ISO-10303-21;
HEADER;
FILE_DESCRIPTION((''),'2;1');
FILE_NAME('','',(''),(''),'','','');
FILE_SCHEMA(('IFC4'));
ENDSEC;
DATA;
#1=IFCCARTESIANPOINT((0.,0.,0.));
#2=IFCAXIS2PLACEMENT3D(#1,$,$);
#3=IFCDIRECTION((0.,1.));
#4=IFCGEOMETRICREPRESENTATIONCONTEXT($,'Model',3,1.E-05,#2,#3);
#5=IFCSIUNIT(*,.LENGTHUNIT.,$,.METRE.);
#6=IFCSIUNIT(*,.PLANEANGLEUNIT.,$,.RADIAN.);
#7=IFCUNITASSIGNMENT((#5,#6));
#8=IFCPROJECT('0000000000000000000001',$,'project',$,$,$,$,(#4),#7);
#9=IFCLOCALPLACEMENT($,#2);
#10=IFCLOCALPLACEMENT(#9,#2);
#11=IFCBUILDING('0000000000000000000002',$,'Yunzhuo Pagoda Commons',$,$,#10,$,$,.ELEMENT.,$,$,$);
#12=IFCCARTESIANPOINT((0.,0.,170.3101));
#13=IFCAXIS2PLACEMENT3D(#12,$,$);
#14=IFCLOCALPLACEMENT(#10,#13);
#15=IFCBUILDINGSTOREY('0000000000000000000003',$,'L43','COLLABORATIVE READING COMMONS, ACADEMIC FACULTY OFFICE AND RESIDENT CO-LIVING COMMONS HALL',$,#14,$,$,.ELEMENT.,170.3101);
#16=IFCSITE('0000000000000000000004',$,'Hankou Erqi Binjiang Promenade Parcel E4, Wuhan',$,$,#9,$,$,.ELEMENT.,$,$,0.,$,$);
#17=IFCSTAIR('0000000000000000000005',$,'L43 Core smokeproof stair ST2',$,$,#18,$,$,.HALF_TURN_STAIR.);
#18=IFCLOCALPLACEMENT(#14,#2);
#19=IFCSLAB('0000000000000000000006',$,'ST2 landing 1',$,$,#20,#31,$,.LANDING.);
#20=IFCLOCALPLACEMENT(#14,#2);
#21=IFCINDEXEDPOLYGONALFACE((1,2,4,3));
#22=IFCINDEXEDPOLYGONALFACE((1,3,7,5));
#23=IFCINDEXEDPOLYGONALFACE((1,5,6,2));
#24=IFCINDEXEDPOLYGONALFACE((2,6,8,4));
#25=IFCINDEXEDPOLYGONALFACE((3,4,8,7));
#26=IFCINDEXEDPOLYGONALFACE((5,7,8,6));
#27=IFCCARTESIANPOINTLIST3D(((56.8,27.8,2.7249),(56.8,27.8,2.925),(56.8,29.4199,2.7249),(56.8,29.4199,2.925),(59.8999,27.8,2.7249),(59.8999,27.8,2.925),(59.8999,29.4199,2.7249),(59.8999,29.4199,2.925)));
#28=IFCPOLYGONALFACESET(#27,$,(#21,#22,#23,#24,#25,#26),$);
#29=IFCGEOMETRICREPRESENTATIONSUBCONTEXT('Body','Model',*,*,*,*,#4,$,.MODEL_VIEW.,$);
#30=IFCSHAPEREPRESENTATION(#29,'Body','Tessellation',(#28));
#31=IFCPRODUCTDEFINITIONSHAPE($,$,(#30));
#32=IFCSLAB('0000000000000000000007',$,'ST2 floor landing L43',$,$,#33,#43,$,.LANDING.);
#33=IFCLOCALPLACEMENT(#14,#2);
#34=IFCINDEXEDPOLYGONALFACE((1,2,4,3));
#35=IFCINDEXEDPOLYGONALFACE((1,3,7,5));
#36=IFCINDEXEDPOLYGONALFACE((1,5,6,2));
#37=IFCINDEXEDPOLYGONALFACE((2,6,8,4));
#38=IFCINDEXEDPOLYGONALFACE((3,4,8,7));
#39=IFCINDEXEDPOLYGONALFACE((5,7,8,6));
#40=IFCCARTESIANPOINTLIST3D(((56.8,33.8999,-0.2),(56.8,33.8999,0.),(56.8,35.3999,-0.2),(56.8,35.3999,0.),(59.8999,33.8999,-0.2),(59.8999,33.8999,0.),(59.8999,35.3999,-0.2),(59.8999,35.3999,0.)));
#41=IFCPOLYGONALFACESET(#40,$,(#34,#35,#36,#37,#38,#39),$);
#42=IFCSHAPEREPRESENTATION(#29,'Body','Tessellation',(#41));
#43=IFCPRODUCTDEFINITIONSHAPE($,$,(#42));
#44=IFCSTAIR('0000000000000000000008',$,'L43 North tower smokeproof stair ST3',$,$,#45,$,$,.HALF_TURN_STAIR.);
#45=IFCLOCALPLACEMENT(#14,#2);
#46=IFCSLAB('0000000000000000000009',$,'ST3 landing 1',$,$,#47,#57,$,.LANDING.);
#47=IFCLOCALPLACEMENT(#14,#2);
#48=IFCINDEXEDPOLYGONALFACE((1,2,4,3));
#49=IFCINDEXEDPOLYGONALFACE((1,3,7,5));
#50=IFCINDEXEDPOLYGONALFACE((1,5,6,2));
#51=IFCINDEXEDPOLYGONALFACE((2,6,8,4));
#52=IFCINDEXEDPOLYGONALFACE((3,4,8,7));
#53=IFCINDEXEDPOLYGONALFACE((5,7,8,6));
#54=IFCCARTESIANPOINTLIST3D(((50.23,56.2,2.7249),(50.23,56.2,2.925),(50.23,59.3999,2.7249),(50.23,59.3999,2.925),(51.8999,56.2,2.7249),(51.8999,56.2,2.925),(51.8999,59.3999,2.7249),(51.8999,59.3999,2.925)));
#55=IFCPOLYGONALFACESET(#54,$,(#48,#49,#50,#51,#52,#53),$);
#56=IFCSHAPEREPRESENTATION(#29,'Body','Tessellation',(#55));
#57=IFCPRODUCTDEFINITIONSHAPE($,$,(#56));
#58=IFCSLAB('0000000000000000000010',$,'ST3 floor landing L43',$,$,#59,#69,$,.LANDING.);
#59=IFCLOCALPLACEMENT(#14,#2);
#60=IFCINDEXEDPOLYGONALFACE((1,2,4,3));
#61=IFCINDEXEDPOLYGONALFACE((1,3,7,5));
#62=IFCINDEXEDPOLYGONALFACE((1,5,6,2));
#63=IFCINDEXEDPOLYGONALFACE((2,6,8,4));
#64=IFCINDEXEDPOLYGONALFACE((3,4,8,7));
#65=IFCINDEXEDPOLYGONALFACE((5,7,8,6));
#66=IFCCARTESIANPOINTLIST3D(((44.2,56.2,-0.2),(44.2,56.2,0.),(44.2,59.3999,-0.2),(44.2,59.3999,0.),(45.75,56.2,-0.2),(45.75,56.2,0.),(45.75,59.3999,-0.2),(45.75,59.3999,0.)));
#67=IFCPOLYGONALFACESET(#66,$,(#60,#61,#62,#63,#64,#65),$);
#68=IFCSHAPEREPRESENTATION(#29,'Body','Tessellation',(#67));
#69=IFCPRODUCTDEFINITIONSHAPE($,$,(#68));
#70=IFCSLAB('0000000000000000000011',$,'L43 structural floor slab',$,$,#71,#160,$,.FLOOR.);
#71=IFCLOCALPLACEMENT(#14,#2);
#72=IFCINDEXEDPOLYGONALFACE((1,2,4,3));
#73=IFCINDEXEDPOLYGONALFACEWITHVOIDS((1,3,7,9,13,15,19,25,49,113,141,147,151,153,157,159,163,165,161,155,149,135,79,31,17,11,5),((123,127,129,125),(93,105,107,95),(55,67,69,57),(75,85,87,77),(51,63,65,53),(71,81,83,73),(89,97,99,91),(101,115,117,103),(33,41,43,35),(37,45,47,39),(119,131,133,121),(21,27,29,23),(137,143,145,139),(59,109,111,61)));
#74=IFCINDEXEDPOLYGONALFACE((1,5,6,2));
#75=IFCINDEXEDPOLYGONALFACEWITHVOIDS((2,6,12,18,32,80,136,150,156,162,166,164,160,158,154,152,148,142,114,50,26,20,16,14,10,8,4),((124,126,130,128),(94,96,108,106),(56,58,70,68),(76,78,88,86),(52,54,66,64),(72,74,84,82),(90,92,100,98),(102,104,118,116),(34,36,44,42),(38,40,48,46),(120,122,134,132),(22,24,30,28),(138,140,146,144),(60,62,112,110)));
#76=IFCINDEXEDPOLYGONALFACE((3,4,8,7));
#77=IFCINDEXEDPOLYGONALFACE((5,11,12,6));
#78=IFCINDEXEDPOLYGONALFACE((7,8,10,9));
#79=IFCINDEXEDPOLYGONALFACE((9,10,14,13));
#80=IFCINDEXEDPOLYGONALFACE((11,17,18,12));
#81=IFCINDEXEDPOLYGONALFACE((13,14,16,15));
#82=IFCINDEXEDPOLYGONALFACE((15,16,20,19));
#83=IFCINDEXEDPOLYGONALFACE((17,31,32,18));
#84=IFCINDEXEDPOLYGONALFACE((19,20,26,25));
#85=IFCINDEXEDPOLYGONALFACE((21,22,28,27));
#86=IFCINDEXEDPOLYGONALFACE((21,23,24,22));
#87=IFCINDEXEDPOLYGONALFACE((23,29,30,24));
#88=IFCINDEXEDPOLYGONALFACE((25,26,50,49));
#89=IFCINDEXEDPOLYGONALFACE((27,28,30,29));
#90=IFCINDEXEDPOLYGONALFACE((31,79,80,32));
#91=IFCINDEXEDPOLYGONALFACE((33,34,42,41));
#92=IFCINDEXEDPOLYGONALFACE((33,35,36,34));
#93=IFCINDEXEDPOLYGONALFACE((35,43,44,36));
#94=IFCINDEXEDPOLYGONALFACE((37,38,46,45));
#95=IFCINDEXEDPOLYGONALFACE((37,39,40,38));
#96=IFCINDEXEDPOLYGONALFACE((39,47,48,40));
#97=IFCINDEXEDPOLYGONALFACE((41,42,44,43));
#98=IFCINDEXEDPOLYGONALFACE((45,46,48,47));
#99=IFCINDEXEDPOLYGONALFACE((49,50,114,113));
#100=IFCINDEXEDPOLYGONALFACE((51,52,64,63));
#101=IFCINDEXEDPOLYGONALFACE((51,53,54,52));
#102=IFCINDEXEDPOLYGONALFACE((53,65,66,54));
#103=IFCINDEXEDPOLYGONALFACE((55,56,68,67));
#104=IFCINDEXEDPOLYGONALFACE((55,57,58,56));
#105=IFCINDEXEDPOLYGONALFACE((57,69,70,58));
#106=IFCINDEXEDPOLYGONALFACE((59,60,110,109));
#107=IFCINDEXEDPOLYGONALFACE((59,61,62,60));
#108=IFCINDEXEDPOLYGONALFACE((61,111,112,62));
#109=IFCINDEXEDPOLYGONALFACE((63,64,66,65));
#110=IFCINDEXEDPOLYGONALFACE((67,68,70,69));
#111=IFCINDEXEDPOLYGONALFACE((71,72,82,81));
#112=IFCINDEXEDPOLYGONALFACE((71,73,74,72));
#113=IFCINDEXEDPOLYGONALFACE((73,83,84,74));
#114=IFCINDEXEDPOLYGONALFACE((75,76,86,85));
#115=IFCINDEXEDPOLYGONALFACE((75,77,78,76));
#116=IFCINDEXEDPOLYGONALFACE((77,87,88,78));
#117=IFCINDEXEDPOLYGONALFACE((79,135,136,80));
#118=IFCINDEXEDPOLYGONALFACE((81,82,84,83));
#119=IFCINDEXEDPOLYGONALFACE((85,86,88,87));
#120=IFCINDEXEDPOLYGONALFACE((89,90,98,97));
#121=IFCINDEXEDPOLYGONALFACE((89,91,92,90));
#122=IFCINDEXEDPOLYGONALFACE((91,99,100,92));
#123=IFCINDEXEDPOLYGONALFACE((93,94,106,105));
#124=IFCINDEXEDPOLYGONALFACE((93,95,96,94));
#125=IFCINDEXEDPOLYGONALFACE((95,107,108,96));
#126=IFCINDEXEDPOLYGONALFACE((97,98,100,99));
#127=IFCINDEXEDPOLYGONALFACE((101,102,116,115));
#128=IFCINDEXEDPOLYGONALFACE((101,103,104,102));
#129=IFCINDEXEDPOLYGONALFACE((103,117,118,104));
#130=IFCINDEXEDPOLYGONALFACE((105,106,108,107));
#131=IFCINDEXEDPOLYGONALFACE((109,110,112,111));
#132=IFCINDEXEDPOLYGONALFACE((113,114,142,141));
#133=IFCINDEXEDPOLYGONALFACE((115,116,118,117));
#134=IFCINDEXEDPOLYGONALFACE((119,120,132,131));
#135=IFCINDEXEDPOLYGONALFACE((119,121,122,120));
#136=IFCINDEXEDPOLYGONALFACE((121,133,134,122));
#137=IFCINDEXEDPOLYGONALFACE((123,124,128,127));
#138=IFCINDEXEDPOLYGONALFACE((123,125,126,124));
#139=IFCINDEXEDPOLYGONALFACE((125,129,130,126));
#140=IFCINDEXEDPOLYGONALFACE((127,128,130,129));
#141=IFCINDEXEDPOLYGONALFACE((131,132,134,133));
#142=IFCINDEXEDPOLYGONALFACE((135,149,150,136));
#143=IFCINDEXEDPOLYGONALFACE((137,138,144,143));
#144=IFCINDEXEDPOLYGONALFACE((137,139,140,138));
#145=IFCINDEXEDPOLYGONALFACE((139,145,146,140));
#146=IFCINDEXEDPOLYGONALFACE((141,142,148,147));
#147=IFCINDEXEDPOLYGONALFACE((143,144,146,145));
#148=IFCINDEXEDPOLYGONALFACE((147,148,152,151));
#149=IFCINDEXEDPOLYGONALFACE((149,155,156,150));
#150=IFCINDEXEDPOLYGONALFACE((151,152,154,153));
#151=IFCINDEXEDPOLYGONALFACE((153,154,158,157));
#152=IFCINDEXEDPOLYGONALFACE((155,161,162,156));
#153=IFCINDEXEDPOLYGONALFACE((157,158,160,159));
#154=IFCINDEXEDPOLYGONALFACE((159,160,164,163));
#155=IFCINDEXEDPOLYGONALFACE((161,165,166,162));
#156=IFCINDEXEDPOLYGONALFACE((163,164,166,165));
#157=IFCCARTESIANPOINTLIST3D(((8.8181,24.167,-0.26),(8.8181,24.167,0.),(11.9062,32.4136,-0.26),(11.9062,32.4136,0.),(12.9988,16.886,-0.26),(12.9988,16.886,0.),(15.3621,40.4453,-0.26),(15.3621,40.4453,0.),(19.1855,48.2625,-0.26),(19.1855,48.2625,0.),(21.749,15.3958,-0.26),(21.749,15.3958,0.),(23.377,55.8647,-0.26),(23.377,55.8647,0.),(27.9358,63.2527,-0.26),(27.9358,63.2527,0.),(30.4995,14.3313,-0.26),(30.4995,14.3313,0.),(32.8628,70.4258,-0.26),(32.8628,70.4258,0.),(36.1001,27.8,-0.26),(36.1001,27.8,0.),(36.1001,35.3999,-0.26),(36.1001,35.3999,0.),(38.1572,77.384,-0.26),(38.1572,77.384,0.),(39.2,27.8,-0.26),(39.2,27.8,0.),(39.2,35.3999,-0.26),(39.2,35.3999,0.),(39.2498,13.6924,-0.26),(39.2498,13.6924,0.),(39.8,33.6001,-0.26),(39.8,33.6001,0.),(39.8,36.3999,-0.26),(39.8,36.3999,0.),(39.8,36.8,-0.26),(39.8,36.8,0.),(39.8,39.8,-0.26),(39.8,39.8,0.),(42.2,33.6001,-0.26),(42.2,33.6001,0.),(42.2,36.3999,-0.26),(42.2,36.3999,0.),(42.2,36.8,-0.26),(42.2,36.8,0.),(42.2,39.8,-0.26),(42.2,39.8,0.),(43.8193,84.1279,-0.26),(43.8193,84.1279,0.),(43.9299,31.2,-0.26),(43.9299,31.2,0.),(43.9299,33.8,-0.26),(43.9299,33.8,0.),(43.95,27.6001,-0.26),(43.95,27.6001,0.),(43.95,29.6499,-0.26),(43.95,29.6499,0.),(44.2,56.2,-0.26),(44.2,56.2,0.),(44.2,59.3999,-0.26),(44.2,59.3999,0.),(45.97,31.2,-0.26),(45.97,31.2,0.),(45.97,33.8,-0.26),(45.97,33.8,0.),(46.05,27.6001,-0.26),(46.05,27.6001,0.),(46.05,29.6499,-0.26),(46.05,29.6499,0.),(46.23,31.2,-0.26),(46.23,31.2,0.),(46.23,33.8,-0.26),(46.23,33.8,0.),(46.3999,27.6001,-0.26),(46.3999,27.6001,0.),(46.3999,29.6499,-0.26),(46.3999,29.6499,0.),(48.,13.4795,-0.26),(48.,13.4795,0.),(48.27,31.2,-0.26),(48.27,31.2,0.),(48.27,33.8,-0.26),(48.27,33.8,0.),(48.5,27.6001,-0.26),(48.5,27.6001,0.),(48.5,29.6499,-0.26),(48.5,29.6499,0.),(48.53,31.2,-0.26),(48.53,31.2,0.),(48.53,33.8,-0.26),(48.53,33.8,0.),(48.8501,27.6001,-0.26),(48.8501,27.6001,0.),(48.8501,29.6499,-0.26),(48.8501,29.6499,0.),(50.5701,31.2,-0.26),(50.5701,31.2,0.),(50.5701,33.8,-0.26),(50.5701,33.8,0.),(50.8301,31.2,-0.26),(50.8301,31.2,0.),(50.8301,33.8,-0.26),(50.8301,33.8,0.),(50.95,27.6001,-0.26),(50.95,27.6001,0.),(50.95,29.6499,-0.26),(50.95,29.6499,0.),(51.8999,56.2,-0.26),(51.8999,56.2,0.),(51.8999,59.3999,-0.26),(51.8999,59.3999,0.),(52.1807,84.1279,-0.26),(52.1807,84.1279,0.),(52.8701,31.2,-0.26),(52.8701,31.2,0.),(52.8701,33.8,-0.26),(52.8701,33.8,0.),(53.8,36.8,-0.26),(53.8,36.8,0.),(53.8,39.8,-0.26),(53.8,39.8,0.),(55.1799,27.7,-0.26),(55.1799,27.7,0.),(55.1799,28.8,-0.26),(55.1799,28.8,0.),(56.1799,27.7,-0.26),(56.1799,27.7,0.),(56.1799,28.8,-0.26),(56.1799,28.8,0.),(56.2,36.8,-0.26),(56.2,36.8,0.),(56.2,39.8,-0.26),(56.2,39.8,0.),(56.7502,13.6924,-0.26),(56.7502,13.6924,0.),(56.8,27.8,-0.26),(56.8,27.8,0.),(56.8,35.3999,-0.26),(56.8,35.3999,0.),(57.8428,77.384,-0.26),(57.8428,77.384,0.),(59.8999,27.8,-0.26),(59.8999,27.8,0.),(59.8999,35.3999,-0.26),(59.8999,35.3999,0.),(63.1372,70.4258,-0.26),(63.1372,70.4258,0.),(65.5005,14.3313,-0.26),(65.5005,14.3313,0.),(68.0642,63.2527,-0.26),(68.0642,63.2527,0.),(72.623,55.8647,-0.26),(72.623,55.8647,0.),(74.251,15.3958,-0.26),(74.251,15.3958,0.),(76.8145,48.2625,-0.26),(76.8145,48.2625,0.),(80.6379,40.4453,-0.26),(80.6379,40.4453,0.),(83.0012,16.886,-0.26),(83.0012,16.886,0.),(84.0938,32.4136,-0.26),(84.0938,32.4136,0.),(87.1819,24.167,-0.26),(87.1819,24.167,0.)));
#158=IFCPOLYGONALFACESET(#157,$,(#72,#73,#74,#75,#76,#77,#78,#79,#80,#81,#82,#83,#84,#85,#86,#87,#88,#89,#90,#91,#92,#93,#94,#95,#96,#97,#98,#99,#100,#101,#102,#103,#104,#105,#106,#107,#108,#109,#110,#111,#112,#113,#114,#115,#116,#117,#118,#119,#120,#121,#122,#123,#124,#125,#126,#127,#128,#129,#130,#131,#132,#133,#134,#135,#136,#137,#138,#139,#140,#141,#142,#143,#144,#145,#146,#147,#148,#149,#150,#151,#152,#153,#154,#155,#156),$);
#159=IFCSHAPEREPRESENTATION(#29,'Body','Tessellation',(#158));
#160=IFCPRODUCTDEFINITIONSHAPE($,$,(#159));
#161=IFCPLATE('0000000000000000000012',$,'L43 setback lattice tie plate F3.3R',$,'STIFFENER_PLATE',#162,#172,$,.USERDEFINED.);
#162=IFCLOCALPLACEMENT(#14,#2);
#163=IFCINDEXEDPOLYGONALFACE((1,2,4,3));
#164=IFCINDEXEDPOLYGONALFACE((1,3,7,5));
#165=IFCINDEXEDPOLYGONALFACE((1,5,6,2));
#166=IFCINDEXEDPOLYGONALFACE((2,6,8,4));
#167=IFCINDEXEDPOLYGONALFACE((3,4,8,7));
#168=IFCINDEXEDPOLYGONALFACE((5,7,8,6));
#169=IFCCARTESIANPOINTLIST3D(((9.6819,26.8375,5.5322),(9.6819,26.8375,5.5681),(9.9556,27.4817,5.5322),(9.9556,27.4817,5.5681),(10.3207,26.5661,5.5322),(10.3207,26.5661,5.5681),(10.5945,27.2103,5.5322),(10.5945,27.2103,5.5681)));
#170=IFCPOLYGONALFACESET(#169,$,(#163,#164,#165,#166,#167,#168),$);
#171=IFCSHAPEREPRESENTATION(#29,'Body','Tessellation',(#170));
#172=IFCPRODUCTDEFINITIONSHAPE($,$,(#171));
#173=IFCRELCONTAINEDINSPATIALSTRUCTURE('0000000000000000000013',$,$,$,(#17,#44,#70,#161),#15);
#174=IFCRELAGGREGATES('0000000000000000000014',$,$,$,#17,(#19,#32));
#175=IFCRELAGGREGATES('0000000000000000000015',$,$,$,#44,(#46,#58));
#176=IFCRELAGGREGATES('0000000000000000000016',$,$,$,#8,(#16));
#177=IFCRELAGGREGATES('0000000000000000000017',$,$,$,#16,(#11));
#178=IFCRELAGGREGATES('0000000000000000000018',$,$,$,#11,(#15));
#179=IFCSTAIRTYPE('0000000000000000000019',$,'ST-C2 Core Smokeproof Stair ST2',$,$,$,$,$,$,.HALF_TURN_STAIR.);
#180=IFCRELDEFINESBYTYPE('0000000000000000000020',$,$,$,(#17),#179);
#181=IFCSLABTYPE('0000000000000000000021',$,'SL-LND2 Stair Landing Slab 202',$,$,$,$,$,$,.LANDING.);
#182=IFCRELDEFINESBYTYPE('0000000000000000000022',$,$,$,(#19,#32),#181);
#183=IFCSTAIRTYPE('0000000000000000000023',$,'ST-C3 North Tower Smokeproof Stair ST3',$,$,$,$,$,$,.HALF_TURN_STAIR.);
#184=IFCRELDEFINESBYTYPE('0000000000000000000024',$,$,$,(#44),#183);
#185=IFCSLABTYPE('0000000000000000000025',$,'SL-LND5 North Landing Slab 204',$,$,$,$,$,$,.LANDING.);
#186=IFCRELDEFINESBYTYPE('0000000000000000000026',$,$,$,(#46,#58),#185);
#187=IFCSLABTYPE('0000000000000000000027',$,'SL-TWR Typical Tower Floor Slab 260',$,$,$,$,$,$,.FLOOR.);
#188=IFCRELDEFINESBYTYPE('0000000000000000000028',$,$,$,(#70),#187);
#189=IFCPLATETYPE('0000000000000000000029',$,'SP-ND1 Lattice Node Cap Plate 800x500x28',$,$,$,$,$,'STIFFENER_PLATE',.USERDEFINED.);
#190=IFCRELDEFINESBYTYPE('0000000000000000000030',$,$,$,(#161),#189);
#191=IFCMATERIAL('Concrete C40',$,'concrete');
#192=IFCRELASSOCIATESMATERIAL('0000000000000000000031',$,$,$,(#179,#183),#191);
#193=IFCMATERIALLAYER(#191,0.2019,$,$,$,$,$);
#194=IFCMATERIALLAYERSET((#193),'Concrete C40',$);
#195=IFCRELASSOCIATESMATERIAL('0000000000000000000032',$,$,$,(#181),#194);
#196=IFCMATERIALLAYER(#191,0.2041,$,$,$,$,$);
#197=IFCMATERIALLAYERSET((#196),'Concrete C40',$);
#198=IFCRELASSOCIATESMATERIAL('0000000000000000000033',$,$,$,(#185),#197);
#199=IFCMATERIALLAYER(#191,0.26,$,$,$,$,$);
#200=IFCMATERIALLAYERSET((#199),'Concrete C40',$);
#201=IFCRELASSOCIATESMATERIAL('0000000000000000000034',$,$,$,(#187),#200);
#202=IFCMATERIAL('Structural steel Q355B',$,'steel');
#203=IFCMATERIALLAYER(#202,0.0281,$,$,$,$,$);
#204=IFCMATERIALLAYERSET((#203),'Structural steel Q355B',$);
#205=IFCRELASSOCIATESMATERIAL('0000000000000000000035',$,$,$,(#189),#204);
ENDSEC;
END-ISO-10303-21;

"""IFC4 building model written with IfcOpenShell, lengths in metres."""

from ifc_helpers import new_model, si_unit, direction, frame, origin, origin_2d, place, context, subcontext, project, spatial, polyline, rectangle, outline, extrude, source, transform, mapped, material, layer, layer_set, type_object, element, aggregate, save


model = new_model("IFC4")

# Units and contexts
model_context = context("Model", 3, precision=1e-05, world=origin(), true_north=direction((0.0, 1.0)))
body_context = subcontext(model_context, "Body", "Model", "MODEL_VIEW")
ifc_project = project(units=[si_unit("LENGTHUNIT", "METRE"), si_unit("PLANEANGLEUNIT", "RADIAN")], contexts=[model_context])

# Site, building, storey
site_placement = place(None, origin())
site = spatial("IfcSite", under=ifc_project, at=site_placement, Name="Hankou Erqi Binjiang Promenade Parcel E4, Wuhan", CompositionType="ELEMENT", RefElevation=0.0)
building_placement = place(site_placement, origin())
building = spatial("IfcBuilding", under=site, at=building_placement, Name="Yunzhuo Pagoda Commons", CompositionType="ELEMENT")
storey_placement = place(building_placement, frame((0.0, 0.0, 170.3101)))
storey = spatial("IfcBuildingStorey", under=building, at=storey_placement, Name="L43", Description="COLLABORATIVE READING COMMONS, ACADEMIC FACULTY OFFICE AND RESIDENT CO-LIVING COMMONS HALL", CompositionType="ELEMENT", Elevation=170.3101)

# Shared definitions
ifc_material_1 = material(Name="Structural steel Q355B", Category="steel")

# Shared definitions
ifc_material_2 = material(Name="Concrete C40", Category="concrete")

# Stairs, slabs
stair_type_1 = type_object("IfcStairType", Name="ST-C2 Core Smokeproof Stair ST2", PredefinedType="HALF_TURN_STAIR", material=ifc_material_2)
stair_1_placement = place(storey_placement, origin())
stair_1 = element("IfcStair", 1, at=stair_1_placement, inside=storey, type_object=stair_type_1, Name="L43 Core smokeproof stair ST2", PredefinedType="HALF_TURN_STAIR")
ifc_layer_1 = layer(ifc_material_2, 0.2019)
ifc_layer_set_1 = layer_set([ifc_layer_1], Name="Concrete C40")
slab_type_1 = type_object("IfcSlabType", Name="SL-LND2 Stair Landing Slab 202", PredefinedType="LANDING", material=ifc_layer_set_1)
slab_1_placement = place(storey_placement, frame((0.0, 0.0, 2.7249)))
slab_1 = element("IfcSlab", 2, at=slab_1_placement, type_object=slab_type_1, Name="ST2 landing 1", PredefinedType="LANDING", context=body_context, shape_type="SweptSolid", body=[
    extrude(outline(polyline([(56.8, 29.4199), (56.8, 27.8), (59.8999, 27.8), (59.8999, 29.4199), (56.8, 29.4199)])), origin(), (0.0, 0.0, 1.0), 0.2002),
])
slab_2_placement = place(storey_placement, frame((0.0, 0.0, -0.2)))
slab_2 = element("IfcSlab", 3, at=slab_2_placement, type_object=slab_type_1, Name="ST2 floor landing L43", PredefinedType="LANDING", context=body_context, shape_type="SweptSolid", body=[
    extrude(outline(polyline([(56.8, 35.3999), (56.8, 33.8999), (59.8999, 33.8999), (59.8999, 35.3999), (56.8, 35.3999)])), origin(), (0.0, 0.0, 1.0), 0.2),
])
aggregate(stair_1, [slab_1, slab_2])
stair_type_2 = type_object("IfcStairType", Name="ST-C3 North Tower Smokeproof Stair ST3", PredefinedType="HALF_TURN_STAIR", material=ifc_material_2)
stair_2_placement = place(storey_placement, origin())
stair_2 = element("IfcStair", 4, at=stair_2_placement, inside=storey, type_object=stair_type_2, Name="L43 North tower smokeproof stair ST3", PredefinedType="HALF_TURN_STAIR")
ifc_layer_2 = layer(ifc_material_2, 0.2041)
ifc_layer_set_2 = layer_set([ifc_layer_2], Name="Concrete C40")
slab_type_2 = type_object("IfcSlabType", Name="SL-LND5 North Landing Slab 204", PredefinedType="LANDING", material=ifc_layer_set_2)
slab_3_placement = place(storey_placement, frame((0.0, 0.0, 2.7249)))
slab_3 = element("IfcSlab", 5, at=slab_3_placement, type_object=slab_type_2, Name="ST3 landing 1", PredefinedType="LANDING", context=body_context, shape_type="SweptSolid", body=[
    extrude(outline(polyline([(50.23, 56.2), (51.8999, 56.2), (51.8999, 59.3999), (50.23, 59.3999), (50.23, 56.2)])), origin(), (0.0, 0.0, 1.0), 0.2002),
])
slab_4_placement = place(storey_placement, frame((0.0, 0.0, -0.2)))
slab_4 = element("IfcSlab", 6, at=slab_4_placement, type_object=slab_type_2, Name="ST3 floor landing L43", PredefinedType="LANDING", context=body_context, shape_type="SweptSolid", body=[
    extrude(outline(polyline([(44.2, 56.2), (45.75, 56.2), (45.75, 59.3999), (44.2, 59.3999), (44.2, 56.2)])), origin(), (0.0, 0.0, 1.0), 0.2),
])
aggregate(stair_2, [slab_3, slab_4])

# Slab
ifc_layer_3 = layer(ifc_material_2, 0.26)
ifc_layer_set_3 = layer_set([ifc_layer_3], Name="Concrete C40")
slab_type_3 = type_object("IfcSlabType", Name="SL-TWR Typical Tower Floor Slab 260", PredefinedType="FLOOR", material=ifc_layer_set_3)
slab_5_placement = place(storey_placement, frame((0.0, 0.0, -0.26)))
element("IfcSlab", 7, at=slab_5_placement, inside=storey, type_object=slab_type_3, Name="L43 structural floor slab", PredefinedType="FLOOR", context=body_context, shape_type="SweptSolid", body=[
    extrude(outline(polyline([(11.9062, 32.4136), (15.3621, 40.4453), (19.1855, 48.2625), (23.377, 55.8647), (27.9358, 63.2527), (32.8628, 70.4258), (38.1572, 77.384), (43.8193, 84.1279), (52.1807, 84.1279), (57.8428, 77.384), (63.1372, 70.4258), (68.0642, 63.2527), (72.623, 55.8647), (76.8145, 48.2625), (80.6379, 40.4453), (84.0938, 32.4136), (87.1819, 24.167), (83.0012, 16.886), (74.251, 15.3958), (65.5005, 14.3313), (56.7502, 13.6924), (48.0, 13.4795), (39.2498, 13.6924), (30.4995, 14.3313), (21.749, 15.3958), (12.9988, 16.886), (8.8181, 24.167), (11.9062, 32.4136)]), holes=[polyline([(46.05, 29.6499), (43.95, 29.6499), (43.95, 27.6001), (46.05, 27.6001), (46.05, 29.6499)]), polyline([(48.5, 27.6001), (48.5, 29.6499), (46.3999, 29.6499), (46.3999, 27.6001), (48.5, 27.6001)]), polyline([(36.1001, 27.8), (39.2, 27.8), (39.2, 35.3999), (36.1001, 35.3999), (36.1001, 27.8)]), polyline([(45.97, 31.2), (45.97, 33.8), (43.9299, 33.8), (43.9299, 31.2), (45.97, 31.2)]), polyline([(48.27, 31.2), (48.27, 33.8), (46.23, 33.8), (46.23, 31.2), (48.27, 31.2)]), polyline([(42.2, 33.6001), (42.2, 36.3999), (39.8, 36.3999), (39.8, 33.6001), (42.2, 33.6001)]), polyline([(42.2, 36.8), (42.2, 39.8), (39.8, 39.8), (39.8, 36.8), (42.2, 36.8)]), polyline([(56.1799, 28.8), (55.1799, 28.8), (55.1799, 27.7), (56.1799, 27.7), (56.1799, 28.8)]), polyline([(50.95, 27.6001), (50.95, 29.6499), (48.8501, 29.6499), (48.8501, 27.6001), (50.95, 27.6001)]), polyline([(56.8, 27.8), (59.8999, 27.8), (59.8999, 35.3999), (56.8, 35.3999), (56.8, 27.8)]), polyline([(50.5701, 31.2), (50.5701, 33.8), (48.53, 33.8), (48.53, 31.2), (50.5701, 31.2)]), polyline([(52.8701, 31.2), (52.8701, 33.8), (50.8301, 33.8), (50.8301, 31.2), (52.8701, 31.2)]), polyline([(56.2, 36.8), (56.2, 39.8), (53.8, 39.8), (53.8, 36.8), (56.2, 36.8)]), polyline([(51.8999, 56.2), (51.8999, 59.3999), (44.2, 59.3999), (44.2, 56.2), (51.8999, 56.2)])]), origin(), (0.0, 0.0, 1.0), 0.26),
])

# Plate
ifc_layer_4 = layer(ifc_material_1, 0.0281)
ifc_layer_set_4 = layer_set([ifc_layer_4], Name="Structural steel Q355B")
plate_type_1 = type_object("IfcPlateType", Name="SP-ND1 Lattice Node Cap Plate 800x500x28", ElementType="STIFFENER_PLATE", PredefinedType="USERDEFINED", material=ifc_layer_set_4)
shared_shape_1 = source(origin(), body_context, "Body", "SweptSolid", [
    extrude(rectangle(XDim=0.7, YDim=0.6941, at=origin_2d()), origin(), (0.0, 0.0, 1.0), 0.0359),
])
plate_1_placement = place(storey_placement, frame((10.1382, 27.0239, 5.5322), z_axis=(0.0, 0.0, 1.0), x_axis=(-0.391068, -0.920362, 0.0)))
element("IfcPlate", 8, at=plate_1_placement, inside=storey, type_object=plate_type_1, Name="L43 setback lattice tie plate F3.3R", ObjectType="STIFFENER_PLATE", PredefinedType="USERDEFINED", context=body_context, shape_type="MappedRepresentation", body=[
    mapped(shared_shape_1, transform((0.0, 0.0, 0.0), scale=1.0)),
])

save(model, "model.ifc")
